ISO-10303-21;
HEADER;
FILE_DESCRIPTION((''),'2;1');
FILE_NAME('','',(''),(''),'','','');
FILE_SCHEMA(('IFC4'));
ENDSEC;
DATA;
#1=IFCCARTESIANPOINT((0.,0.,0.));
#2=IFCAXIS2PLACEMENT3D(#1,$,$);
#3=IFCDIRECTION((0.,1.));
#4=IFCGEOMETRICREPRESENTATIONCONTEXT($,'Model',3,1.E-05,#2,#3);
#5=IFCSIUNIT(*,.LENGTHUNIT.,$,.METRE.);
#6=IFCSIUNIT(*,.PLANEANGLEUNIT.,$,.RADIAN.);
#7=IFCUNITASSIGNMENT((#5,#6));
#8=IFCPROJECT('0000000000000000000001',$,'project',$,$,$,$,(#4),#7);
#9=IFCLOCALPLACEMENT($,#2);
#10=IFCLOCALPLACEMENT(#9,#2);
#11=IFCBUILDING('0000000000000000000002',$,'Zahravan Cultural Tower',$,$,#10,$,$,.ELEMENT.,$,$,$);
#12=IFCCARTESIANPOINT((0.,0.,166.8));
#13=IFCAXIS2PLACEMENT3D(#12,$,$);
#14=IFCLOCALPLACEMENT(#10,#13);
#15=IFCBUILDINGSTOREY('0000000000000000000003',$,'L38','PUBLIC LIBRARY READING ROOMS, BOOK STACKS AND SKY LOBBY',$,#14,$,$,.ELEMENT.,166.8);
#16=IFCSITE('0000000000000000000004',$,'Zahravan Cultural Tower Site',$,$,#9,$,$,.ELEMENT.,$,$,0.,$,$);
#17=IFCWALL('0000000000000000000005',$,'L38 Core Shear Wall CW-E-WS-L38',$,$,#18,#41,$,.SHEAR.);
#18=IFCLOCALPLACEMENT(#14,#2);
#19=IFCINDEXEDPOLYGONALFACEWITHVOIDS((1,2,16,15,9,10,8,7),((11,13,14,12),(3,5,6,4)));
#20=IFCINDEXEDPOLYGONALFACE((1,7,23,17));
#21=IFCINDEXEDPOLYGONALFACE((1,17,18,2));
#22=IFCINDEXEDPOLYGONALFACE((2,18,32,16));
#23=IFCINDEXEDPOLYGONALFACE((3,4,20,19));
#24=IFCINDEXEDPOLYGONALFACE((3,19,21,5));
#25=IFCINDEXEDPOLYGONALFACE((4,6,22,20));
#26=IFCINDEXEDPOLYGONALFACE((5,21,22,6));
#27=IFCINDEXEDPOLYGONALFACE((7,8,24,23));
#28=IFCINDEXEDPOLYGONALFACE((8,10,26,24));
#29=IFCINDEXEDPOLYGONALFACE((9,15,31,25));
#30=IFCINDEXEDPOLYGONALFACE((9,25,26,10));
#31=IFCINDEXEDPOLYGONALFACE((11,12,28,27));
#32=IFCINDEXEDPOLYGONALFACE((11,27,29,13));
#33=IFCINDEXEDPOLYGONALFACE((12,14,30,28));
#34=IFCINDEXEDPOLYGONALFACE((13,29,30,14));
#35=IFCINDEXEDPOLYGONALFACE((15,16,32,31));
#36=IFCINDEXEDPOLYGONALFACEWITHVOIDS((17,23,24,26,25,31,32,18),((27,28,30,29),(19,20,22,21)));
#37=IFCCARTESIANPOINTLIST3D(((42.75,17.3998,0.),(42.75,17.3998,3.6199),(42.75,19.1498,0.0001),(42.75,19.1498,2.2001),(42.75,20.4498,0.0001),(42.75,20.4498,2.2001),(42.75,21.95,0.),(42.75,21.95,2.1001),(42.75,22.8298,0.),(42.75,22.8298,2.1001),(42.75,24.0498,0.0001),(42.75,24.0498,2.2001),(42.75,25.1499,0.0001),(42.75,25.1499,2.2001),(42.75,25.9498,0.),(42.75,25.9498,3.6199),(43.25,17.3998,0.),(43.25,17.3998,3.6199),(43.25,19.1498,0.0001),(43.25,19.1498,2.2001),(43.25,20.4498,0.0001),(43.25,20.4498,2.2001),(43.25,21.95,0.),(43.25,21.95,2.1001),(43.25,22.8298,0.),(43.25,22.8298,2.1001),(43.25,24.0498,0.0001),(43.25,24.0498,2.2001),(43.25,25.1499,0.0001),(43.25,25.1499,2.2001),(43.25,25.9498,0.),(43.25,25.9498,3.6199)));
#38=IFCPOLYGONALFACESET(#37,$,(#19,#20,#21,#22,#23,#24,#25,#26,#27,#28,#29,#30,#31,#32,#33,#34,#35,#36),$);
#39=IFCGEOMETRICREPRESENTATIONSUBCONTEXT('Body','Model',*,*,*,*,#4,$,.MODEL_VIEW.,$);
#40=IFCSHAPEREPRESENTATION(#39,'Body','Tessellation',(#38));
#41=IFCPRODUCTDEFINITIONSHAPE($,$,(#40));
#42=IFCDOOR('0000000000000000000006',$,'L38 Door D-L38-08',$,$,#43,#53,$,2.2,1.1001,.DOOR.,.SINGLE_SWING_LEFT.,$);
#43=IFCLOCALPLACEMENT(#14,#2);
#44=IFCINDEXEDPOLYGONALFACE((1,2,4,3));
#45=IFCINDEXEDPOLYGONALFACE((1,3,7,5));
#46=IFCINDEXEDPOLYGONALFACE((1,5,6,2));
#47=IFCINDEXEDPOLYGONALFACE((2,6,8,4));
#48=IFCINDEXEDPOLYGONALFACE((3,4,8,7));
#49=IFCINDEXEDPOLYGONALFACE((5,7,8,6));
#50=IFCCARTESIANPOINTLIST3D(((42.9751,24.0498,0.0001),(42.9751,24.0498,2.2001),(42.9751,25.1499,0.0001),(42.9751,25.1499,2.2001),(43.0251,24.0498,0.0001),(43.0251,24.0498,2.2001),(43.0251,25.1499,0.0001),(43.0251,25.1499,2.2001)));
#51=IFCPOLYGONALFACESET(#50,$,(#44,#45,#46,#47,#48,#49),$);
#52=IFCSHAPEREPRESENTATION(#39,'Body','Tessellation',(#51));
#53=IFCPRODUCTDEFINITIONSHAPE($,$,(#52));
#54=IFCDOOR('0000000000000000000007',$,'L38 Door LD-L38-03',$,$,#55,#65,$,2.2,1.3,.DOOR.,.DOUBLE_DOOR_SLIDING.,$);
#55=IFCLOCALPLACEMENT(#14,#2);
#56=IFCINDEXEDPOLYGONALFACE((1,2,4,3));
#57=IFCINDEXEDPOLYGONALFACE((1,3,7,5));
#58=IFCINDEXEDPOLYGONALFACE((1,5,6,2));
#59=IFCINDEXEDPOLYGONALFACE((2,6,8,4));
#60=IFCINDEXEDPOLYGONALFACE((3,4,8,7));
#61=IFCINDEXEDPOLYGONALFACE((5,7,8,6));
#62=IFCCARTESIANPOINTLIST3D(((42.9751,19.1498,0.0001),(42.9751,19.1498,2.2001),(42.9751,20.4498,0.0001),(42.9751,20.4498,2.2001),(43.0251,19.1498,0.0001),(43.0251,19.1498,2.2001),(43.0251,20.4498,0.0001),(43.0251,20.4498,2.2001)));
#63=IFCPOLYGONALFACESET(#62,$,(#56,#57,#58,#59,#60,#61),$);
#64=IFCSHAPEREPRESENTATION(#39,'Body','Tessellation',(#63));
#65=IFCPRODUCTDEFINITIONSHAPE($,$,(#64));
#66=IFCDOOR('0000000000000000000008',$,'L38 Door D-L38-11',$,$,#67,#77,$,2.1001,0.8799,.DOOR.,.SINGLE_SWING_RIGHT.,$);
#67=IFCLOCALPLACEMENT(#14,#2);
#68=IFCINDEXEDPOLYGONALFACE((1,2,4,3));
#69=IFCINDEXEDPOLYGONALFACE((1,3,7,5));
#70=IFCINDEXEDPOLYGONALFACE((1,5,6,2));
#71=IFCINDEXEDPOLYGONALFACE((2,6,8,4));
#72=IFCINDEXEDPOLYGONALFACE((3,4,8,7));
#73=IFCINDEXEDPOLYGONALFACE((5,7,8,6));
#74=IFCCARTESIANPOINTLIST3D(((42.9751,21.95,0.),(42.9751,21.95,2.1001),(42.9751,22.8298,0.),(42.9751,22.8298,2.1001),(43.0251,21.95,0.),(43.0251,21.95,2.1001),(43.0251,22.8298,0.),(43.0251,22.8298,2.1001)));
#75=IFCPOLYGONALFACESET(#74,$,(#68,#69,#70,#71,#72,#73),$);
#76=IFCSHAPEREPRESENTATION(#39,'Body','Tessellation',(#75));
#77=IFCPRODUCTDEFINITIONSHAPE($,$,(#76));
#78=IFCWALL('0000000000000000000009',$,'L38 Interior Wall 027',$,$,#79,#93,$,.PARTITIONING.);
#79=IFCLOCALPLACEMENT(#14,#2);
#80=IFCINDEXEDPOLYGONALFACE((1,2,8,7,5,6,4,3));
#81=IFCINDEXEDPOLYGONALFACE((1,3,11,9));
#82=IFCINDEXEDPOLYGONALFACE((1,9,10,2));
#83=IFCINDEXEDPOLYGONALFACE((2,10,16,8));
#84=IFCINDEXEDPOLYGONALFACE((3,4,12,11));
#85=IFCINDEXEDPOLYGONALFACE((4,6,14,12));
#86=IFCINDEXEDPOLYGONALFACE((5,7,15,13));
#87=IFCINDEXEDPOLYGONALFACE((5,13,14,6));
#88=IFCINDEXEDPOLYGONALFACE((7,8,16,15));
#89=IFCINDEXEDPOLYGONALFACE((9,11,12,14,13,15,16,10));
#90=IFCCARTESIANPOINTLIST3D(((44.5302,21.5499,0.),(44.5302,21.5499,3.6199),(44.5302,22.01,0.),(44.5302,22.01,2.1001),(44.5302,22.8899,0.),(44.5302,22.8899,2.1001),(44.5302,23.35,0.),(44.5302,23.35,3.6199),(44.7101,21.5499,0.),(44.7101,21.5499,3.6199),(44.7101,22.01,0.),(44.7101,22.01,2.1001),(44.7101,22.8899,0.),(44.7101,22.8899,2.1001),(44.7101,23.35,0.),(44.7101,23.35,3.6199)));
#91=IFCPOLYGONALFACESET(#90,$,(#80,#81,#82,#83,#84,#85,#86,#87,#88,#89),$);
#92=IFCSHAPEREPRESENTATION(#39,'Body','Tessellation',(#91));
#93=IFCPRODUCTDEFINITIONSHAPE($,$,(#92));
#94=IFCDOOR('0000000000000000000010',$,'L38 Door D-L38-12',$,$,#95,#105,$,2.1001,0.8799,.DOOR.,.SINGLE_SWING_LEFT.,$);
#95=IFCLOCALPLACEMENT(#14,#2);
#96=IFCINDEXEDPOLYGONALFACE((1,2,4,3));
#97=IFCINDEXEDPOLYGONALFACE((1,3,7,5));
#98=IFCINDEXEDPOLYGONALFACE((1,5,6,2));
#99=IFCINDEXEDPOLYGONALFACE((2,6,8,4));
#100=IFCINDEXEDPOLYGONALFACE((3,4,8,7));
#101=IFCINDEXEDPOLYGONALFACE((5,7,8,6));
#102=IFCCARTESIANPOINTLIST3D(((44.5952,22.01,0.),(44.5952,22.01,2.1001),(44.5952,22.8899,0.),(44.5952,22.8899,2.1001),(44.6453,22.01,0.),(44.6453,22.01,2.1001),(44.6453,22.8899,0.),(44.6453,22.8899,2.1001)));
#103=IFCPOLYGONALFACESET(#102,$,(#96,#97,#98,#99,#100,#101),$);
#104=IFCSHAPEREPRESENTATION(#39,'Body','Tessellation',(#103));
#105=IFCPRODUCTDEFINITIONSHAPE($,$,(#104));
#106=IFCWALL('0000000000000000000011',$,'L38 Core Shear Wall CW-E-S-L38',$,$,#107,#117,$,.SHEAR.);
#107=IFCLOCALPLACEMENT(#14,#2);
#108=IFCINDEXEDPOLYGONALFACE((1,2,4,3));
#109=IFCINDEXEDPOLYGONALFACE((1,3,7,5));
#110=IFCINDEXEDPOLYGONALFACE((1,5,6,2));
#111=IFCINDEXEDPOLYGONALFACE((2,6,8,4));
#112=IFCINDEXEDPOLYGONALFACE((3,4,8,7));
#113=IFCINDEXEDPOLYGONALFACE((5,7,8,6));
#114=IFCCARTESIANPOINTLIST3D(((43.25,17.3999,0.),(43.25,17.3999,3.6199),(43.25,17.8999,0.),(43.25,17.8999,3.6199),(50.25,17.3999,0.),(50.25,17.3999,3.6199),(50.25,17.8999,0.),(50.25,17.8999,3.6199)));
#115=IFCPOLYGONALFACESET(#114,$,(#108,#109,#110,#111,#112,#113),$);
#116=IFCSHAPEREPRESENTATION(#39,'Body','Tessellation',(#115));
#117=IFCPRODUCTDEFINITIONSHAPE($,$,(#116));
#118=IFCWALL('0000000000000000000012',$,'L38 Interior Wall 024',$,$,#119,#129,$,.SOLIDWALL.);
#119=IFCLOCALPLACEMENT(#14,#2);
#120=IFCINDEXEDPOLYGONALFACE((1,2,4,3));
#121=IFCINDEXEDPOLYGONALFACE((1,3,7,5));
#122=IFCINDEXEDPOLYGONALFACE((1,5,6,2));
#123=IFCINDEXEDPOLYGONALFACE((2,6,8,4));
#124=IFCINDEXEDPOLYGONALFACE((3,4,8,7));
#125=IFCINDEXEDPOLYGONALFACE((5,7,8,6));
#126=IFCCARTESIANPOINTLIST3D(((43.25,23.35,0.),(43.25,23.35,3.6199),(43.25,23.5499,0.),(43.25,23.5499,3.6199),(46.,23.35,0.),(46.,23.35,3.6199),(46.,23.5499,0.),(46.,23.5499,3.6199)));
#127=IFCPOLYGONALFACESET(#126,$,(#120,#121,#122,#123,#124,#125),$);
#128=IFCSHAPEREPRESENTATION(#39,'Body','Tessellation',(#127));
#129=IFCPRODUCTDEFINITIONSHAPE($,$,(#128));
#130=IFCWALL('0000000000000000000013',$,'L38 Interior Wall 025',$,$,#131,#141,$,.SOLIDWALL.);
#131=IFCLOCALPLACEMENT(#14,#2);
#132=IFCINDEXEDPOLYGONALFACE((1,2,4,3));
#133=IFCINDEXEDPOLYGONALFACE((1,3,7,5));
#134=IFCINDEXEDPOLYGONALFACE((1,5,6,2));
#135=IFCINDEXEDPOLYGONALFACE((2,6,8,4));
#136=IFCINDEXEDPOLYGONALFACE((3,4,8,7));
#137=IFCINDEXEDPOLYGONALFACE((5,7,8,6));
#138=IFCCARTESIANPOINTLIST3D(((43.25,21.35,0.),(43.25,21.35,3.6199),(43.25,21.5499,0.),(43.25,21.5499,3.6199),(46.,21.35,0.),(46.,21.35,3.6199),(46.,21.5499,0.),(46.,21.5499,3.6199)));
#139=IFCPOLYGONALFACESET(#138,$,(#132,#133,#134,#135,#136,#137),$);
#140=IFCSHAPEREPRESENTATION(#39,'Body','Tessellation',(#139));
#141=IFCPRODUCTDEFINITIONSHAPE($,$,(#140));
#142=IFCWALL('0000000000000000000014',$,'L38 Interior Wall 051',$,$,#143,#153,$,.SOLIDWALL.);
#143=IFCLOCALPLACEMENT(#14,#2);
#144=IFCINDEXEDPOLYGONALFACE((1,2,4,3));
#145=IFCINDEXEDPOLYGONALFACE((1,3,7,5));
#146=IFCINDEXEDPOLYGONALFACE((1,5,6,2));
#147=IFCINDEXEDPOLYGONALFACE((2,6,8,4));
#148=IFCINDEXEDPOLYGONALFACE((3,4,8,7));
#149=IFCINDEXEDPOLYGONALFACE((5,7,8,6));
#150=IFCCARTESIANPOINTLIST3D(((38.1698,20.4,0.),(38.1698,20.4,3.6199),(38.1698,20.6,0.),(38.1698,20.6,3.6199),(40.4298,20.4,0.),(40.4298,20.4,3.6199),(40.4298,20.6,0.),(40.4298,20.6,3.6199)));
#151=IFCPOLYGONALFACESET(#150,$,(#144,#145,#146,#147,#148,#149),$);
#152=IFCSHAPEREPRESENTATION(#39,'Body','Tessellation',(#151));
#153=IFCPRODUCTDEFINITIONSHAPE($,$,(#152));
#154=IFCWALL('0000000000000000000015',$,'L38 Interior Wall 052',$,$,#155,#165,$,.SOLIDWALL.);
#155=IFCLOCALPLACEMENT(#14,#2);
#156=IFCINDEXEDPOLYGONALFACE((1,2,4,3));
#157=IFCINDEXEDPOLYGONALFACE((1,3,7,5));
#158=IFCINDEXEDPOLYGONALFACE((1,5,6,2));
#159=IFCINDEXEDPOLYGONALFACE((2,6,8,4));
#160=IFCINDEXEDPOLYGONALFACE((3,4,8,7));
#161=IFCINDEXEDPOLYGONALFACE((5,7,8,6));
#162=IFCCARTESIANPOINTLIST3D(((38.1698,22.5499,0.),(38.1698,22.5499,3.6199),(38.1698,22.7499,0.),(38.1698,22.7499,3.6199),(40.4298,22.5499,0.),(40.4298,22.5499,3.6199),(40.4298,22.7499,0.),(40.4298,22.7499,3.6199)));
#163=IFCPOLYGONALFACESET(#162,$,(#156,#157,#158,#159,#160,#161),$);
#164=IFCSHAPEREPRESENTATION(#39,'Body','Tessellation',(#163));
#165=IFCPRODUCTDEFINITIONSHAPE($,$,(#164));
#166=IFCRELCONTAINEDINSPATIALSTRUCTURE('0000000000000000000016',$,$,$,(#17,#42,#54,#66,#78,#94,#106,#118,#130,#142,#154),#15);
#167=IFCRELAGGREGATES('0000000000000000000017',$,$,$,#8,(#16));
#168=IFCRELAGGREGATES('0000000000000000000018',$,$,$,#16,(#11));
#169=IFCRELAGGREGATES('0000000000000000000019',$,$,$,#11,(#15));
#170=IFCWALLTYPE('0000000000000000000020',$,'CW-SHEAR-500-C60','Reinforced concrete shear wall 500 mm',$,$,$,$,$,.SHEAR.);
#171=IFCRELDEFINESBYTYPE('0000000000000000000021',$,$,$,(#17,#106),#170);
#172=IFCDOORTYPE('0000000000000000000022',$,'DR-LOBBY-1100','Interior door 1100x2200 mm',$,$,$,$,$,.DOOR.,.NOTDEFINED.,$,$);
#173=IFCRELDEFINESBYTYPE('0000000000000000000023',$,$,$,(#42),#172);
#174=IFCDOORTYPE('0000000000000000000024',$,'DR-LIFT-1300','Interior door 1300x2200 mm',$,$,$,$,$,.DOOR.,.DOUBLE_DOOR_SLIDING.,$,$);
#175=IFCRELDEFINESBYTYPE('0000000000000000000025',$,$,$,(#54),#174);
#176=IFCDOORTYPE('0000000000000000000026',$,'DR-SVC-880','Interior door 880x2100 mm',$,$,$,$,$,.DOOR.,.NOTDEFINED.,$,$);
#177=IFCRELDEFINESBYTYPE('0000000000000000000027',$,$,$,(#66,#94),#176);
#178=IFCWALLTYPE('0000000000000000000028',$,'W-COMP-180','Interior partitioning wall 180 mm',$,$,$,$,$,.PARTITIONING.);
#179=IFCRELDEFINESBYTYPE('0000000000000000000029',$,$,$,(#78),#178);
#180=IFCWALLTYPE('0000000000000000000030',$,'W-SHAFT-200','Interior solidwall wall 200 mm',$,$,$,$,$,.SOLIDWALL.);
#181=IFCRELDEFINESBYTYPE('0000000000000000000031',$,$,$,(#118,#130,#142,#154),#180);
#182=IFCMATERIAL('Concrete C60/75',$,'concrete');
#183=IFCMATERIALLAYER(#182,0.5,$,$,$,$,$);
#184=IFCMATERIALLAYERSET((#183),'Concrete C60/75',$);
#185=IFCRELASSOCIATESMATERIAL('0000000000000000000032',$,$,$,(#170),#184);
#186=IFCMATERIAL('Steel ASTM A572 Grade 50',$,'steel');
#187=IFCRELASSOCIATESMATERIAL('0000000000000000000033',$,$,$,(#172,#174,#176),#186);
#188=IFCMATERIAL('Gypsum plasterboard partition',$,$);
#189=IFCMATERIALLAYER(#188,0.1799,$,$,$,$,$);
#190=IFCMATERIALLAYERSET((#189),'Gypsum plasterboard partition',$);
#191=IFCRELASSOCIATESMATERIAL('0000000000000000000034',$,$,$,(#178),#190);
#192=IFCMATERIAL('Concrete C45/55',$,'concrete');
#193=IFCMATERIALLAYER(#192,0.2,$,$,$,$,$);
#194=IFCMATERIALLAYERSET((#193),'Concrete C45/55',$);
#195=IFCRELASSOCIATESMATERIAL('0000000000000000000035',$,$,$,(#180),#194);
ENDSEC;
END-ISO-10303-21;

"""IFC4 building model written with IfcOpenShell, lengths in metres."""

from ifc_helpers import new_model, si_unit, direction, frame, frame_2d, origin, place, context, subcontext, project, spatial, rectangle, extrude, source, transform, mapped, material, layer, layer_set, type_object, element, fill, save


model = new_model("IFC4")

# Units and contexts
model_context = context("Model", 3, precision=1e-05, world=origin(), true_north=direction((0.0, 1.0)))
body_context = subcontext(model_context, "Body", "Model", "MODEL_VIEW")
ifc_project = project(units=[si_unit("LENGTHUNIT", "METRE"), si_unit("PLANEANGLEUNIT", "RADIAN")], contexts=[model_context])

# Site, building, storey
site_placement = place(None, origin())
site = spatial("IfcSite", under=ifc_project, at=site_placement, Name="Zahravan Cultural Tower Site", CompositionType="ELEMENT", RefElevation=0.0)
building_placement = place(site_placement, origin())
building = spatial("IfcBuilding", under=site, at=building_placement, Name="Zahravan Cultural Tower", CompositionType="ELEMENT")
storey_placement = place(building_placement, frame((0.0, 0.0, 166.8)))
storey = spatial("IfcBuildingStorey", under=building, at=storey_placement, Name="L38", Description="PUBLIC LIBRARY READING ROOMS, BOOK STACKS AND SKY LOBBY", CompositionType="ELEMENT", Elevation=166.8)

# Wall, openings, doors
ifc_material_1 = material(Name="Concrete C60/75", Category="concrete")
ifc_layer_1 = layer(ifc_material_1, 0.5)
ifc_layer_set_1 = layer_set([ifc_layer_1], Name="Concrete C60/75")
wall_type_1 = type_object("IfcWallType", Name="CW-SHEAR-500-C60", Description="Reinforced concrete shear wall 500 mm", PredefinedType="SHEAR", material=ifc_layer_set_1)
wall_1_placement = place(storey_placement, frame((43.0, 17.3999, 0.0), z_axis=(0.0, 0.0, 1.0), x_axis=(0.0, 1.0, 0.0)))
wall_1 = element("IfcWall", 1, at=wall_1_placement, inside=storey, type_object=wall_type_1, Name="L38 Core Shear Wall CW-E-WS-L38", PredefinedType="SHEAR", context=body_context, shape_type="SweptSolid", body=[
    extrude(rectangle(XDim=8.55, YDim=0.5, at=frame_2d((4.2749, 0.0))), origin(), (0.0, 0.0, 1.0), 3.6199),
])
opening_1_placement = place(wall_1_placement, frame((6.6499, 0.0, 0.0)))
opening_1 = element("IfcOpeningElement", 2, at=opening_1_placement, cuts=wall_1, PredefinedType="OPENING", context=body_context, shape_type="SweptSolid", body=[
    extrude(rectangle(XDim=1.1001, YDim=2.2, at=frame_2d((0.55, 1.1001))), frame((0.0, 0.26, 0.0), z_axis=(0.0, -1.0, 0.0), x_axis=(1.0, 0.0, 0.0)), (0.0, 0.0, 1.0), 0.52),
])
opening_2_placement = place(wall_1_placement, frame((1.75, 0.0, 0.0)))
opening_2 = element("IfcOpeningElement", 3, at=opening_2_placement, cuts=wall_1, PredefinedType="OPENING", context=body_context, shape_type="SweptSolid", body=[
    extrude(rectangle(XDim=1.3, YDim=2.2, at=frame_2d((0.6499, 1.1001))), frame((0.0, 0.26, 0.0), z_axis=(0.0, -1.0, 0.0), x_axis=(1.0, 0.0, 0.0)), (0.0, 0.0, 1.0), 0.52),
])
opening_3_placement = place(wall_1_placement, frame((4.55, 0.0, 0.0)))
opening_3 = element("IfcOpeningElement", 4, at=opening_3_placement, cuts=wall_1, PredefinedType="OPENING", context=body_context, shape_type="SweptSolid", body=[
    extrude(rectangle(XDim=0.8799, YDim=2.1001, at=frame_2d((0.4399, 1.05))), frame((0.0, 0.26, 0.0), z_axis=(0.0, -1.0, 0.0), x_axis=(1.0, 0.0, 0.0)), (0.0, 0.0, 1.0), 0.52),
])
ifc_material_2 = material(Name="Steel ASTM A572 Grade 50", Category="steel")
door_type_1 = type_object("IfcDoorType", Name="DR-LOBBY-1100", Description="Interior door 1100x2200 mm", OperationType="NOTDEFINED", PredefinedType="DOOR", material=ifc_material_2)
shared_shape_1 = source(origin(), body_context, "Body", "SweptSolid", [
    extrude(rectangle(XDim=1.1001, YDim=2.2, at=frame_2d((0.55, 1.1001))), frame((0.0, 0.0249, 0.0), z_axis=(0.0, -1.0, 0.0), x_axis=(1.0, 0.0, 0.0)), (0.0, 0.0, 1.0), 0.05),
])
door_1_placement = place(opening_1_placement, origin())
door_1 = element("IfcDoor", 5, at=door_1_placement, inside=storey, type_object=door_type_1, Name="L38 Door D-L38-08", OperationType="SINGLE_SWING_LEFT", OverallHeight=2.2, OverallWidth=1.1001, PredefinedType="DOOR", context=body_context, shape_type="MappedRepresentation", body=[
    mapped(shared_shape_1, transform((0.0, 0.0, 0.0), x_axis=(1.0, 0.0, 0.0), y_axis=(0.0, 1.0, 0.0), z_axis=(0.0, 0.0, 1.0), scale=1.0)),
])
fill(opening_1, door_1)
door_type_2 = type_object("IfcDoorType", Name="DR-LIFT-1300", Description="Interior door 1300x2200 mm", OperationType="DOUBLE_DOOR_SLIDING", PredefinedType="DOOR", material=ifc_material_2)
shared_shape_2 = source(origin(), body_context, "Body", "SweptSolid", [
    extrude(rectangle(XDim=1.3, YDim=2.2, at=frame_2d((0.6499, 1.1001))), frame((0.0, 0.0249, 0.0), z_axis=(0.0, -1.0, 0.0), x_axis=(1.0, 0.0, 0.0)), (0.0, 0.0, 1.0), 0.05),
])
door_2_placement = place(opening_2_placement, origin())
door_2 = element("IfcDoor", 6, at=door_2_placement, inside=storey, type_object=door_type_2, Name="L38 Door LD-L38-03", OperationType="DOUBLE_DOOR_SLIDING", OverallHeight=2.2, OverallWidth=1.3, PredefinedType="DOOR", context=body_context, shape_type="MappedRepresentation", body=[
    mapped(shared_shape_2, transform((0.0, 0.0, 0.0), x_axis=(1.0, 0.0, 0.0), y_axis=(0.0, 1.0, 0.0), z_axis=(0.0, 0.0, 1.0), scale=1.0)),
])
fill(opening_2, door_2)
door_type_3 = type_object("IfcDoorType", Name="DR-SVC-880", Description="Interior door 880x2100 mm", OperationType="NOTDEFINED", PredefinedType="DOOR", material=ifc_material_2)
shared_shape_3 = source(origin(), body_context, "Body", "SweptSolid", [
    extrude(rectangle(XDim=0.8799, YDim=2.1001, at=frame_2d((0.4399, 1.05))), frame((0.0, 0.0249, 0.0), z_axis=(0.0, -1.0, 0.0), x_axis=(1.0, 0.0, 0.0)), (0.0, 0.0, 1.0), 0.05),
])
door_3_placement = place(opening_3_placement, origin())
door_3 = element("IfcDoor", 7, at=door_3_placement, inside=storey, type_object=door_type_3, Name="L38 Door D-L38-11", OperationType="SINGLE_SWING_RIGHT", OverallHeight=2.1001, OverallWidth=0.8799, PredefinedType="DOOR", context=body_context, shape_type="MappedRepresentation", body=[
    mapped(shared_shape_3, transform((0.0, 0.0, 0.0), x_axis=(1.0, 0.0, 0.0), y_axis=(0.0, 1.0, 0.0), z_axis=(0.0, 0.0, 1.0), scale=1.0)),
])
fill(opening_3, door_3)

# Wall, opening, door
ifc_material_3 = material(Name="Gypsum plasterboard partition")
ifc_layer_2 = layer(ifc_material_3, 0.1799)
ifc_layer_set_2 = layer_set([ifc_layer_2], Name="Gypsum plasterboard partition")
wall_type_2 = type_object("IfcWallType", Name="W-COMP-180", Description="Interior partitioning wall 180 mm", PredefinedType="PARTITIONING", material=ifc_layer_set_2)
wall_2_placement = place(storey_placement, frame((44.6201, 21.55, 0.0), z_axis=(0.0, 0.0, 1.0), x_axis=(0.0, 1.0, 0.0)))
wall_2 = element("IfcWall", 8, at=wall_2_placement, inside=storey, type_object=wall_type_2, Name="L38 Interior Wall 027", PredefinedType="PARTITIONING", context=body_context, shape_type="SweptSolid", body=[
    extrude(rectangle(XDim=1.8, YDim=0.1799, at=frame_2d((0.8999, 0.0))), origin(), (0.0, 0.0, 1.0), 3.6199),
])
opening_4_placement = place(wall_2_placement, frame((0.46, 0.0, 0.0)))
opening_4 = element("IfcOpeningElement", 9, at=opening_4_placement, cuts=wall_2, PredefinedType="OPENING", context=body_context, shape_type="SweptSolid", body=[
    extrude(rectangle(XDim=0.8799, YDim=2.1001, at=frame_2d((0.4399, 1.05))), frame((0.0, 0.0999, 0.0), z_axis=(0.0, -1.0, 0.0), x_axis=(1.0, 0.0, 0.0)), (0.0, 0.0, 1.0), 0.2),
])
door_4_placement = place(opening_4_placement, origin())
door_4 = element("IfcDoor", 10, at=door_4_placement, inside=storey, type_object=door_type_3, Name="L38 Door D-L38-12", OperationType="SINGLE_SWING_LEFT", OverallHeight=2.1001, OverallWidth=0.8799, PredefinedType="DOOR", context=body_context, shape_type="MappedRepresentation", body=[
    mapped(shared_shape_3, transform((0.0, 0.0, 0.0), x_axis=(1.0, 0.0, 0.0), y_axis=(0.0, 1.0, 0.0), z_axis=(0.0, 0.0, 1.0), scale=1.0)),
])
fill(opening_4, door_4)
ifc_material_4 = material(Name="Concrete C45/55", Category="concrete")
ifc_layer_3 = layer(ifc_material_4, 0.2)
ifc_layer_set_3 = layer_set([ifc_layer_3], Name="Concrete C45/55")
wall_type_3 = type_object("IfcWallType", Name="W-SHAFT-200", Description="Interior solidwall wall 200 mm", PredefinedType="SOLIDWALL", material=ifc_layer_set_3)

# Walls
shared_shape_4 = source(origin(), body_context, "Body", "SweptSolid", [
    extrude(rectangle(XDim=7.0, YDim=0.5, at=frame_2d((3.5, 0.0))), origin(), (0.0, 0.0, 1.0), 3.6199),
])
wall_3_placement = place(storey_placement, frame((43.25, 17.6499, 0.0), z_axis=(0.0, 0.0, 1.0), x_axis=(1.0, 0.0, 0.0)))
element("IfcWall", 11, at=wall_3_placement, inside=storey, type_object=wall_type_1, Name="L38 Core Shear Wall CW-E-S-L38", PredefinedType="SHEAR", context=body_context, shape_type="MappedRepresentation", body=[
    mapped(shared_shape_4, transform((0.0, 0.0, 0.0), x_axis=(1.0, 0.0, 0.0), y_axis=(0.0, 1.0, 0.0), z_axis=(0.0, 0.0, 1.0), scale=1.0)),
])
shared_shape_5 = source(origin(), body_context, "Body", "SweptSolid", [
    extrude(rectangle(XDim=2.75, YDim=0.2, at=frame_2d((1.375, 0.0))), origin(), (0.0, 0.0, 1.0), 3.6199),
])
for number, where, z_axis, x_axis, name in (
    (12, (43.25, 23.45, 0.0), (0.0, 0.0, 1.0), (1.0, 0.0, 0.0), "L38 Interior Wall 024"),
    (13, (43.25, 21.45, 0.0), (0.0, 0.0, 1.0), (1.0, 0.0, 0.0), "L38 Interior Wall 025"),
):
    element("IfcWall", number, at=place(storey_placement, frame(where, z_axis=z_axis, x_axis=x_axis)), inside=storey, type_object=wall_type_3, Name=name, PredefinedType="SOLIDWALL", context=body_context, shape_type="MappedRepresentation", body=[
        mapped(shared_shape_5, transform((0.0, 0.0, 0.0), x_axis=(1.0, 0.0, 0.0), y_axis=(0.0, 1.0, 0.0), z_axis=(0.0, 0.0, 1.0), scale=1.0)),
    ])
shared_shape_6 = source(origin(), body_context, "Body", "SweptSolid", [
    extrude(rectangle(XDim=2.26, YDim=0.2, at=frame_2d((1.1299, 0.0))), origin(), (0.0, 0.0, 1.0), 3.6199),
])
for number, where, z_axis, x_axis, name in (
    (14, (38.1699, 20.5, 0.0), (0.0, 0.0, 1.0), (1.0, 0.0, 0.0), "L38 Interior Wall 051"),
    (15, (38.1699, 22.6499, 0.0), (0.0, 0.0, 1.0), (1.0, 0.0, 0.0), "L38 Interior Wall 052"),
):
    element("IfcWall", number, at=place(storey_placement, frame(where, z_axis=z_axis, x_axis=x_axis)), inside=storey, type_object=wall_type_3, Name=name, PredefinedType="SOLIDWALL", context=body_context, shape_type="MappedRepresentation", body=[
        mapped(shared_shape_6, transform((0.0, 0.0, 0.0), x_axis=(1.0, 0.0, 0.0), y_axis=(0.0, 1.0, 0.0), z_axis=(0.0, 0.0, 1.0), scale=1.0)),
    ])

save(model, "model.ifc")
